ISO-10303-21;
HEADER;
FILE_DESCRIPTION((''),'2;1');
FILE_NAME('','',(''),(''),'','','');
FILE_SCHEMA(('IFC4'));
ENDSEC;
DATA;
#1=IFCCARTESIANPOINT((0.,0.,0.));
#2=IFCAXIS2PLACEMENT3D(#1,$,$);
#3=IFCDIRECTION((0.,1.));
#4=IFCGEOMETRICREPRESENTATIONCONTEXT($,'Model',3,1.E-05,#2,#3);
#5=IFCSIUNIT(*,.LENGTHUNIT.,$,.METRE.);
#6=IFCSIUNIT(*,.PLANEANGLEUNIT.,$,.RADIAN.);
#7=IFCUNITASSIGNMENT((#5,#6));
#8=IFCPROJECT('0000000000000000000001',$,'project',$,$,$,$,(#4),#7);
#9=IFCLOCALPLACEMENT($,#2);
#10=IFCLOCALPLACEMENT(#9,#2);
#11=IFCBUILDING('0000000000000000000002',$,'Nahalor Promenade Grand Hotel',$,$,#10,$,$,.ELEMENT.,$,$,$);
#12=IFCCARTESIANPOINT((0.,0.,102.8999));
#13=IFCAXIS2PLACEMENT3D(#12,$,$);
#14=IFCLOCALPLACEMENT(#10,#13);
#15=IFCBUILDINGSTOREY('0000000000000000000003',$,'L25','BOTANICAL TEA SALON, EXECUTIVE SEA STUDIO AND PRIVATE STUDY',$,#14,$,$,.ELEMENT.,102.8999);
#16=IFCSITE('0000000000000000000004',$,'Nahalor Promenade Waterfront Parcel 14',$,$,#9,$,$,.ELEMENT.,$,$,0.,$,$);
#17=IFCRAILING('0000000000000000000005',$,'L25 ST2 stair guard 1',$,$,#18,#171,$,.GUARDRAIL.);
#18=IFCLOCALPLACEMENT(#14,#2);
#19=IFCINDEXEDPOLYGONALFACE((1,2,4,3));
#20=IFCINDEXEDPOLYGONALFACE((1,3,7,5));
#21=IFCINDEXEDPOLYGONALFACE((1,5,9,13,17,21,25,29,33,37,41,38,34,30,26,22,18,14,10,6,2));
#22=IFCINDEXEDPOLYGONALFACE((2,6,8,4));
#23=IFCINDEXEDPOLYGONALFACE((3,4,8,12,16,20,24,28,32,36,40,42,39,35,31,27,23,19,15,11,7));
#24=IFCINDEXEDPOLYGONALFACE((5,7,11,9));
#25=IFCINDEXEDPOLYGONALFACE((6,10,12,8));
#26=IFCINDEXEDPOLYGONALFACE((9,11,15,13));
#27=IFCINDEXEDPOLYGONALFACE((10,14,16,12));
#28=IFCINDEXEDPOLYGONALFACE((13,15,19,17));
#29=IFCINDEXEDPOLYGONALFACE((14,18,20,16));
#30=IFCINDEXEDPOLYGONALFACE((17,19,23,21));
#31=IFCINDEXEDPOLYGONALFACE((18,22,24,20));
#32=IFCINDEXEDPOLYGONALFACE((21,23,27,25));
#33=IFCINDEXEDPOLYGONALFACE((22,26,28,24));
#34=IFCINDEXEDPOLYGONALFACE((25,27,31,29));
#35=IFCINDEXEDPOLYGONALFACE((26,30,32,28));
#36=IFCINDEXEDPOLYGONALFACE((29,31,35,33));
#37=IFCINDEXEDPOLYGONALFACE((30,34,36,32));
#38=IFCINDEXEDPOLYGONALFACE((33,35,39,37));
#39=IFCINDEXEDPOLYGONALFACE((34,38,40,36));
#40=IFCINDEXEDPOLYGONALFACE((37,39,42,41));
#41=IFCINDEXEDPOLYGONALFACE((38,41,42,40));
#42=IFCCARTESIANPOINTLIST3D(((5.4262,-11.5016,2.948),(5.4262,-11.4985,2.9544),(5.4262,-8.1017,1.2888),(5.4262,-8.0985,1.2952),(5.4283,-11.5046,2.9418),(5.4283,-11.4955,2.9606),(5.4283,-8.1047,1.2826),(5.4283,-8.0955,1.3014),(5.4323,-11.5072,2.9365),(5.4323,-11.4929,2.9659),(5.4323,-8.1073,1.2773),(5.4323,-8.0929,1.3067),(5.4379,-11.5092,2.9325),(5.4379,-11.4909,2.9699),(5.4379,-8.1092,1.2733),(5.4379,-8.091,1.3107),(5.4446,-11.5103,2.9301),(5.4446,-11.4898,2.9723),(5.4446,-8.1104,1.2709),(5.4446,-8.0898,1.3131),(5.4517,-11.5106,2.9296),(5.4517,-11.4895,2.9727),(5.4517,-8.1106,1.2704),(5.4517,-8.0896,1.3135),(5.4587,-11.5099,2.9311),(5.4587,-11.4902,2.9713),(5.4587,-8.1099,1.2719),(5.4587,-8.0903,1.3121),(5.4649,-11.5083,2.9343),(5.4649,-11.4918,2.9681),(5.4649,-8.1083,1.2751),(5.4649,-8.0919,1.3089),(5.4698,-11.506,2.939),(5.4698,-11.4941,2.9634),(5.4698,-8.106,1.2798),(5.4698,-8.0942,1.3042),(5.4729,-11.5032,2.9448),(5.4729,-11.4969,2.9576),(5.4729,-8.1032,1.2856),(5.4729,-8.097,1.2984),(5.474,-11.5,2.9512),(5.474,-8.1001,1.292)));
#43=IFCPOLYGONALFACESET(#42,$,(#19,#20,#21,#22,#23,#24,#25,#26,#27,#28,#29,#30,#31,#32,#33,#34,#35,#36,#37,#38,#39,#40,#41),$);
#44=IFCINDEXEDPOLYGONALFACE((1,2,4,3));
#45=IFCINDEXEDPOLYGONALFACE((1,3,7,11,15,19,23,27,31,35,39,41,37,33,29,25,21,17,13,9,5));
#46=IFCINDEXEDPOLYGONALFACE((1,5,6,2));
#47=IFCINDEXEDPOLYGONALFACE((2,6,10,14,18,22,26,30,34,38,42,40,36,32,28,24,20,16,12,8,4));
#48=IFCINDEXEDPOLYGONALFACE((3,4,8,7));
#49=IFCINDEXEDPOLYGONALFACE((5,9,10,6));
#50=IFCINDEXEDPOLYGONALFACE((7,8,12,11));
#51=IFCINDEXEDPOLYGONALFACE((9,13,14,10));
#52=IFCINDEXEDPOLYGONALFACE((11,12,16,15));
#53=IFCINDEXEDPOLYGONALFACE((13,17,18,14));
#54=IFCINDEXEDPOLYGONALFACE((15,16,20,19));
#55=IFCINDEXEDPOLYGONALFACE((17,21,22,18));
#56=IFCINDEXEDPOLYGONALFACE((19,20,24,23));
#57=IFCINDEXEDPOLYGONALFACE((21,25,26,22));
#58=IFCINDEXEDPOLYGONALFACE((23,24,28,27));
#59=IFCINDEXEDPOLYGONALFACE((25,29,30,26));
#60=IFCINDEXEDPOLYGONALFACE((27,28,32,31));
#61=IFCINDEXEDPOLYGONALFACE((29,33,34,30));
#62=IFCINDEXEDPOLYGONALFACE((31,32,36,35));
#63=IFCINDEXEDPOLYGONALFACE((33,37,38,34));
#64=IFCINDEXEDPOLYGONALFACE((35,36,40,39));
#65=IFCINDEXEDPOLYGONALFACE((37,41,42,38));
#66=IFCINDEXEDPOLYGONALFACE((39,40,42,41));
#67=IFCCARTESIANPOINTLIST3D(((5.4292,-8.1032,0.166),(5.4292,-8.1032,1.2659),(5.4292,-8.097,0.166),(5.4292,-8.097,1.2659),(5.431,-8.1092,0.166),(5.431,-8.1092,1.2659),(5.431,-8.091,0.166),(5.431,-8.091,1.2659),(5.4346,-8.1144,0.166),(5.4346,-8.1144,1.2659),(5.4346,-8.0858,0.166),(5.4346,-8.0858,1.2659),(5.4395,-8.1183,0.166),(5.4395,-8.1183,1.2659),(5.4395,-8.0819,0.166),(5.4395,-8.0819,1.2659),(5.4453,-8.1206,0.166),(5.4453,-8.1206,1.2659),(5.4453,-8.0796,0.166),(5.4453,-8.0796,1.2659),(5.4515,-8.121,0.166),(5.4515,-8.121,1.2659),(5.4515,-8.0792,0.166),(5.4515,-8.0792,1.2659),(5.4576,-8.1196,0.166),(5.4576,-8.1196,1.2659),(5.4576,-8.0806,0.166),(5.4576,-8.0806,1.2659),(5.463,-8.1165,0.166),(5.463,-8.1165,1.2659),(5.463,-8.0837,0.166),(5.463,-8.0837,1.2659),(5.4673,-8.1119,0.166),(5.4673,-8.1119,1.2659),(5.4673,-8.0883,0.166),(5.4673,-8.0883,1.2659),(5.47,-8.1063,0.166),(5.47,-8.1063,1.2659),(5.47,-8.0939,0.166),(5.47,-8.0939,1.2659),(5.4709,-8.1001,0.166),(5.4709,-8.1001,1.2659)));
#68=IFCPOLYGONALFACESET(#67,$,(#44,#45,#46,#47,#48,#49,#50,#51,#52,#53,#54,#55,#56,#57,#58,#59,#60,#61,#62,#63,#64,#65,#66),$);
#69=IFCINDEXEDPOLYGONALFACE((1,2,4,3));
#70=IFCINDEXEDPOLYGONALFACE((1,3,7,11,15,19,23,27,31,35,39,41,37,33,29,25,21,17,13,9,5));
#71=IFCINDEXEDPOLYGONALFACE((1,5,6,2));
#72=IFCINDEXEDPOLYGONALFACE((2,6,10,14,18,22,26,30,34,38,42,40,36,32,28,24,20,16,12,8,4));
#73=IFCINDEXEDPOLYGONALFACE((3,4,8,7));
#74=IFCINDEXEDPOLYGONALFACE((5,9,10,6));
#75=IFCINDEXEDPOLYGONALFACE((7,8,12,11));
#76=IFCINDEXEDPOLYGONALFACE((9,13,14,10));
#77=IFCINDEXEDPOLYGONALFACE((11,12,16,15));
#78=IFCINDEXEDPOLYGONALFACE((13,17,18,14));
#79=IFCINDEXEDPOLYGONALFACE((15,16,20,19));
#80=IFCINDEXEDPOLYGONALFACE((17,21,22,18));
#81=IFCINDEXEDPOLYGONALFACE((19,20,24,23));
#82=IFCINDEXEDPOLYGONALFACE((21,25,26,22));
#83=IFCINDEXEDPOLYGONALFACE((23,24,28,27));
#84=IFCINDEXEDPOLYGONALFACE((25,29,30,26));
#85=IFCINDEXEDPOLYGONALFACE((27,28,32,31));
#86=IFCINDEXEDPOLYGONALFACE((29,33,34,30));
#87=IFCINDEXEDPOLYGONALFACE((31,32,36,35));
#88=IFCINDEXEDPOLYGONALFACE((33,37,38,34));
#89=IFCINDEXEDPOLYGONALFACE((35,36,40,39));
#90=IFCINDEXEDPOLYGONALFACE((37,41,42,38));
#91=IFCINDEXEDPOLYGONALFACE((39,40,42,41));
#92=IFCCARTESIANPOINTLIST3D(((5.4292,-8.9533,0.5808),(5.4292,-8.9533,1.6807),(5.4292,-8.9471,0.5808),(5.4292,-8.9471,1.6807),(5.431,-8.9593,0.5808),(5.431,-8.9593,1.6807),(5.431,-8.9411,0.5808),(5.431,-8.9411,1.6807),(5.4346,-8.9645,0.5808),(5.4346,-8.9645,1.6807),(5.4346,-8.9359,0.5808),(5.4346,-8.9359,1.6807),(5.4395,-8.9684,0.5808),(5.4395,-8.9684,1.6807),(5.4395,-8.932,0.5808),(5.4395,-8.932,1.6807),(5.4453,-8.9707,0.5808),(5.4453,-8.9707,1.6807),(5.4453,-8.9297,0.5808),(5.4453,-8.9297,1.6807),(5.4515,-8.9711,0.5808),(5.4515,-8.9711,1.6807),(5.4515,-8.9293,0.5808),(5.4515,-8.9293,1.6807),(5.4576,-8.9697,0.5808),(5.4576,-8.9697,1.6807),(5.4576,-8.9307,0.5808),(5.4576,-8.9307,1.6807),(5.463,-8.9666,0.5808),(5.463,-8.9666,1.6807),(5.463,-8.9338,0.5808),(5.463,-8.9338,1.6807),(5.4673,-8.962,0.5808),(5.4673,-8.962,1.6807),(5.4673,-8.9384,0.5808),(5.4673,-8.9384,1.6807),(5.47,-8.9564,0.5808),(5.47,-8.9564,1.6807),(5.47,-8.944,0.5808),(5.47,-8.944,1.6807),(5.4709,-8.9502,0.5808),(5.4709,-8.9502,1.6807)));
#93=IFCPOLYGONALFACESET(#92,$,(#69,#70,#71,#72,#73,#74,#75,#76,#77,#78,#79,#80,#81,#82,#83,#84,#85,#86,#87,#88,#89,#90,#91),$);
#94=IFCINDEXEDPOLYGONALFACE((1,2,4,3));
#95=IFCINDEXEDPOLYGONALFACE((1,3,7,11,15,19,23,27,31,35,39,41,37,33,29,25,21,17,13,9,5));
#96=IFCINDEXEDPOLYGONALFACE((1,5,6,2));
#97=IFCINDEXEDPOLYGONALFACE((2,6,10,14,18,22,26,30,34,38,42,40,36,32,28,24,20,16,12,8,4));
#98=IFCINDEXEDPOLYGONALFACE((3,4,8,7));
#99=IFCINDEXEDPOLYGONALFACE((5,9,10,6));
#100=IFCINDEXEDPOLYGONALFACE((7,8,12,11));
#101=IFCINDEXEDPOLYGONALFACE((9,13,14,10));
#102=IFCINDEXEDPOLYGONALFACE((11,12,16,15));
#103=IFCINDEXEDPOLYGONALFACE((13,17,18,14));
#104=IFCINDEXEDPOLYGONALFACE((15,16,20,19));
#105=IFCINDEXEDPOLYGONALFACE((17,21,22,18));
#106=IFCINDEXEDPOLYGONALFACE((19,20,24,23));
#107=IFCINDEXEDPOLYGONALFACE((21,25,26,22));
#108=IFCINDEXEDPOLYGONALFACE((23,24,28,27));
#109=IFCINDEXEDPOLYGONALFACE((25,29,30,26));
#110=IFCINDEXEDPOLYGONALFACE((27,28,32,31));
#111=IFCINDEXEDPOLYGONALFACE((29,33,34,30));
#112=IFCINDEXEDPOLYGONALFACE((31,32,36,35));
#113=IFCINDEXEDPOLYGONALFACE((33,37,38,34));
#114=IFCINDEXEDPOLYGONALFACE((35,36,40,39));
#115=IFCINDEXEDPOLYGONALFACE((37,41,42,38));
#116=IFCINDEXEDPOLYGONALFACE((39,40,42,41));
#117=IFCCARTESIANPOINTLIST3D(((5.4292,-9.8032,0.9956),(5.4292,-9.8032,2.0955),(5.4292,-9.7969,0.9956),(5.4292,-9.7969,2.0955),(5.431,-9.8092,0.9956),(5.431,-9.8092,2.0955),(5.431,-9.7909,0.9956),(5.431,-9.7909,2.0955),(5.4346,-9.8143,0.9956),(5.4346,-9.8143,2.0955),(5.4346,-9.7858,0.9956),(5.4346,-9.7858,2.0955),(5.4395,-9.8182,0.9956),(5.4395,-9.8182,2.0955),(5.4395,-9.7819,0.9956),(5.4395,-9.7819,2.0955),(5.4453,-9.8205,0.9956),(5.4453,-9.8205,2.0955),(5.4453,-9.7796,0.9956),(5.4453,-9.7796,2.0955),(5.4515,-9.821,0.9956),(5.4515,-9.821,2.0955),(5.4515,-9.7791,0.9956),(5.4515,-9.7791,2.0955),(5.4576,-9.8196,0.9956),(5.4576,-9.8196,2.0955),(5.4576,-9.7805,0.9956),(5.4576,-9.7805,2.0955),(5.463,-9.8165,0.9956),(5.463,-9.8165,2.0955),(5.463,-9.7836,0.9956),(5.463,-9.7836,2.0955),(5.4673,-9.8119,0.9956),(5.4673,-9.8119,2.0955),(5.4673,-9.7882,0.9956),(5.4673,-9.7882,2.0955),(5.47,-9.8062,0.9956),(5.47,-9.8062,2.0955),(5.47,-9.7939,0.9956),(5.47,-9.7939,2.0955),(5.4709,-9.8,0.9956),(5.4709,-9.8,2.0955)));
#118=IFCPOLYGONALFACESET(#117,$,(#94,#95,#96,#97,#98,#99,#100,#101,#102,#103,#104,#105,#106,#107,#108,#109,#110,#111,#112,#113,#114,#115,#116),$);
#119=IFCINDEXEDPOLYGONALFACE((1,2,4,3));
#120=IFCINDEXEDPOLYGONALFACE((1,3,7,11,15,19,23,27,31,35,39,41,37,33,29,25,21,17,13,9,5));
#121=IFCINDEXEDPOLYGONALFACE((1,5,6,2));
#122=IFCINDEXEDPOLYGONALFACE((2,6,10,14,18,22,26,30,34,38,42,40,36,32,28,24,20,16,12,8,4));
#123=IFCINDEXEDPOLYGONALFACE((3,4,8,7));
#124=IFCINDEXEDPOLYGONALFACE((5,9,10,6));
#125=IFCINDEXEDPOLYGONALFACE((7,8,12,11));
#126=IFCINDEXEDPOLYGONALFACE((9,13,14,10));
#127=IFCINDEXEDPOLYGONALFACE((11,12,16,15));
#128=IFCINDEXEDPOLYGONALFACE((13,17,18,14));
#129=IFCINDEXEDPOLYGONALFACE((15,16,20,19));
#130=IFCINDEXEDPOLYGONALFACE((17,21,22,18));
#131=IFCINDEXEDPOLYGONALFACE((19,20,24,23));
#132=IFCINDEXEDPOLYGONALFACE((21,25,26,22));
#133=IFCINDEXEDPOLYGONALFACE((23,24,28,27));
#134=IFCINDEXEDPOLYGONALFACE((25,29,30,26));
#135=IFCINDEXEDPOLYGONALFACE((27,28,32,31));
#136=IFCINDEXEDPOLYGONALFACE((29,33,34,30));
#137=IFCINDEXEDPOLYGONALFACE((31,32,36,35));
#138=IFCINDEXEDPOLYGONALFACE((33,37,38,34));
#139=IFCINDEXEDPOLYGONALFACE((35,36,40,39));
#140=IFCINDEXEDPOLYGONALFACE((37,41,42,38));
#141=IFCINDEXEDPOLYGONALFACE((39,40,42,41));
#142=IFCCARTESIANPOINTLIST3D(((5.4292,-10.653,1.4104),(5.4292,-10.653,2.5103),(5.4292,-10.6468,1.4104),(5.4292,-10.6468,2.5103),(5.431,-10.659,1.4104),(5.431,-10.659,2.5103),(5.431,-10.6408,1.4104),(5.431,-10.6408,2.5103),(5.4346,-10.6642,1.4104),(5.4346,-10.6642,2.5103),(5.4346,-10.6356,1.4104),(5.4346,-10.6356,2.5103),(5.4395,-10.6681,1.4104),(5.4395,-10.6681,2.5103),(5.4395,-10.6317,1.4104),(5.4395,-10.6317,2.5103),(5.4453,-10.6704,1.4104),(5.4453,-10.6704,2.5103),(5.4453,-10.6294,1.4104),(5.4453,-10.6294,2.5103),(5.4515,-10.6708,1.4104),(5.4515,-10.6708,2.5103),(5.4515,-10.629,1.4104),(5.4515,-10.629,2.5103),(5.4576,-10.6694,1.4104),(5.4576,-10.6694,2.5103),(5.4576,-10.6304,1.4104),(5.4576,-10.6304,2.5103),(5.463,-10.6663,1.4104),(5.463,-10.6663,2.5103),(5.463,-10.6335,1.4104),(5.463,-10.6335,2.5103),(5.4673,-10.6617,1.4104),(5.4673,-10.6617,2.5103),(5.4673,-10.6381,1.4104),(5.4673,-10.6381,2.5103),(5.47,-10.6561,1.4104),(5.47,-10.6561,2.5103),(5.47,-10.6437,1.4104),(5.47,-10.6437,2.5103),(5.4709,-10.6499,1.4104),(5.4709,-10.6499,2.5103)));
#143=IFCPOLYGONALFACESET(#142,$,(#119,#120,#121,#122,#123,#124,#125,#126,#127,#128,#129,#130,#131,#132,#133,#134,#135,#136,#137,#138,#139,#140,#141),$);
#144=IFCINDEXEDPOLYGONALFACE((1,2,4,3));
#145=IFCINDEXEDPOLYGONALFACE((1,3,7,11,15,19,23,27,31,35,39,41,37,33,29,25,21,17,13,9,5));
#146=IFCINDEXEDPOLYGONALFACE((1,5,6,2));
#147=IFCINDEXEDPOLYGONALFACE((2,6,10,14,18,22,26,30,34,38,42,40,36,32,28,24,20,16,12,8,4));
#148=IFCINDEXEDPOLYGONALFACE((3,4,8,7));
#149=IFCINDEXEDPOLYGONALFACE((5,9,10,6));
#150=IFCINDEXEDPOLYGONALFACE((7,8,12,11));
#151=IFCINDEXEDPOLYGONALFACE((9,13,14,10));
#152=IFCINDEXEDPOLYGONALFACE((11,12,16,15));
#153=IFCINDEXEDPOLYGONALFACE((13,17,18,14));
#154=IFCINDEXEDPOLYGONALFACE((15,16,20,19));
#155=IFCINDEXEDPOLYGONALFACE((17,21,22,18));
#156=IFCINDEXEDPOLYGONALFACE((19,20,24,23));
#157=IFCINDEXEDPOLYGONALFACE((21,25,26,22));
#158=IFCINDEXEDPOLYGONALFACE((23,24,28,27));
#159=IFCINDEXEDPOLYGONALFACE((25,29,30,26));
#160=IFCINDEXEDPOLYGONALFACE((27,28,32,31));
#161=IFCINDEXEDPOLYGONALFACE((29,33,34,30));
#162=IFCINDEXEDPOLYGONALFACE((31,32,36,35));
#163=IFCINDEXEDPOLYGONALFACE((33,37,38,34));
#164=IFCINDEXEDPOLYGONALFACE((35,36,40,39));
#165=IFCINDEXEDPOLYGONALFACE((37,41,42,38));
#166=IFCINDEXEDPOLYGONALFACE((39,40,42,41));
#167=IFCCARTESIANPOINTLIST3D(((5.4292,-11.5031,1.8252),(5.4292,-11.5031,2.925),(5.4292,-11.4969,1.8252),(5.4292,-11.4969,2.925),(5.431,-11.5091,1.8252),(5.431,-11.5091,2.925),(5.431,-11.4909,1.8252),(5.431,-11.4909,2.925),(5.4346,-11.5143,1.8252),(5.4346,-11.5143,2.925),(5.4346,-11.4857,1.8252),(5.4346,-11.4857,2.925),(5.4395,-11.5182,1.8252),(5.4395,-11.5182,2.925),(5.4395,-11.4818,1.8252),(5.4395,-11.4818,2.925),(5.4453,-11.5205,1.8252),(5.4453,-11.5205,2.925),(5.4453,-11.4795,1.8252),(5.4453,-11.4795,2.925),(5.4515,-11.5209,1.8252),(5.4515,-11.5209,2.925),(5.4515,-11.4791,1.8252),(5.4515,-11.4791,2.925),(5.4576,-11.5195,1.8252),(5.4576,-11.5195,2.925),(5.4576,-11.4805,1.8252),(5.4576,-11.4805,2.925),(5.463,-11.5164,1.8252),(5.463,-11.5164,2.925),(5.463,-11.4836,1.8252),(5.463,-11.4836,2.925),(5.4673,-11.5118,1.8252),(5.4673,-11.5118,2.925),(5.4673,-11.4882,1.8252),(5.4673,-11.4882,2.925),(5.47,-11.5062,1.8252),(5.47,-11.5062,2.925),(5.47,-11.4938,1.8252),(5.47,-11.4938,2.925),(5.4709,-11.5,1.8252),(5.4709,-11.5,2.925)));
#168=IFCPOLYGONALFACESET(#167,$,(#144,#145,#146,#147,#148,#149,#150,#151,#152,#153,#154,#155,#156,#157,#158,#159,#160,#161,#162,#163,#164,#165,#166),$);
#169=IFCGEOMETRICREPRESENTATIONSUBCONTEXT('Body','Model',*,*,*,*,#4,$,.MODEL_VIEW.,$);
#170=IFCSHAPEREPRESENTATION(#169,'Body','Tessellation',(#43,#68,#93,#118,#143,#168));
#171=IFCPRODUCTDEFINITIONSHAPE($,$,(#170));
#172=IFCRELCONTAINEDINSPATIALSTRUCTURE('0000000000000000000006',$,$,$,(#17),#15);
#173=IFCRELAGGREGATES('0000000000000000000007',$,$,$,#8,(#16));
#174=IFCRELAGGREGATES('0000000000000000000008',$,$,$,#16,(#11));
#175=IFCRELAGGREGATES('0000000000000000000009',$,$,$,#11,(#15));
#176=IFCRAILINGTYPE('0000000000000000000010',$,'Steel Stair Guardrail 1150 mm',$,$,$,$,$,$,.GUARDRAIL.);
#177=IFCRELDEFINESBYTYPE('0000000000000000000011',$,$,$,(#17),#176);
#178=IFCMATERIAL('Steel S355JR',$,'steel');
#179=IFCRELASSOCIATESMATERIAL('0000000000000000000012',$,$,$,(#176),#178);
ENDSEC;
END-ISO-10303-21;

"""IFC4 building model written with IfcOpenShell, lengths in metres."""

from ifc_helpers import new_model, si_unit, direction, frame, origin, origin_2d, place, context, subcontext, project, spatial, circle, extrude, material, type_object, element, save


model = new_model("IFC4")

# Units and contexts
model_context = context("Model", 3, precision=1e-05, world=origin(), true_north=direction((0.0, 1.0)))
body_context = subcontext(model_context, "Body", "Model", "MODEL_VIEW")
ifc_project = project(units=[si_unit("LENGTHUNIT", "METRE"), si_unit("PLANEANGLEUNIT", "RADIAN")], contexts=[model_context])

# Site, building, storey
site_placement = place(None, origin())
site = spatial("IfcSite", under=ifc_project, at=site_placement, Name="Nahalor Promenade Waterfront Parcel 14", CompositionType="ELEMENT", RefElevation=0.0)
building_placement = place(site_placement, origin())
building = spatial("IfcBuilding", under=site, at=building_placement, Name="Nahalor Promenade Grand Hotel", CompositionType="ELEMENT")
storey_placement = place(building_placement, frame((0.0, 0.0, 102.8999)))
storey = spatial("IfcBuildingStorey", under=building, at=storey_placement, Name="L25", Description="BOTANICAL TEA SALON, EXECUTIVE SEA STUDIO AND PRIVATE STUDY", CompositionType="ELEMENT", Elevation=102.8999)

# Shared definitions
ifc_material_1 = material(Name="Steel S355JR", Category="steel")

# Railing
railing_type_1 = type_object("IfcRailingType", Name="Steel Stair Guardrail 1150 mm", PredefinedType="GUARDRAIL", material=ifc_material_1)
railing_1_placement = place(storey_placement, frame((5.45, -8.1001, 0.166)))
element("IfcRailing", 1, at=railing_1_placement, inside=storey, type_object=railing_type_1, Name="L25 ST2 stair guard 1", PredefinedType="GUARDRAIL", context=body_context, shape_type="SweptSolid", body=[
    extrude(circle(Radius=0.024, at=origin_2d()), frame((0.0, 0.0, 1.126), z_axis=(0.0, -0.898696, 0.438571), x_axis=(1.0, 0.0, 0.0)), (0.0, 0.0, 1.0), 3.7832),
    extrude(circle(Radius=0.021, at=origin_2d()), origin(), (0.0, 0.0, 1.0), 1.0999),
    extrude(circle(Radius=0.021, at=origin_2d()), frame((0.0, -0.8501, 0.4148)), (0.0, 0.0, 1.0), 1.0999),
    extrude(circle(Radius=0.021, at=origin_2d()), frame((0.0, -1.7, 0.8296)), (0.0, 0.0, 1.0), 1.0999),
    extrude(circle(Radius=0.021, at=origin_2d()), frame((0.0, -2.5498, 1.2444)), (0.0, 0.0, 1.0), 1.0999),
    extrude(circle(Radius=0.021, at=origin_2d()), frame((0.0, -3.3999, 1.6592)), (0.0, 0.0, 1.0), 1.0999),
])

save(model, "model.ifc")
